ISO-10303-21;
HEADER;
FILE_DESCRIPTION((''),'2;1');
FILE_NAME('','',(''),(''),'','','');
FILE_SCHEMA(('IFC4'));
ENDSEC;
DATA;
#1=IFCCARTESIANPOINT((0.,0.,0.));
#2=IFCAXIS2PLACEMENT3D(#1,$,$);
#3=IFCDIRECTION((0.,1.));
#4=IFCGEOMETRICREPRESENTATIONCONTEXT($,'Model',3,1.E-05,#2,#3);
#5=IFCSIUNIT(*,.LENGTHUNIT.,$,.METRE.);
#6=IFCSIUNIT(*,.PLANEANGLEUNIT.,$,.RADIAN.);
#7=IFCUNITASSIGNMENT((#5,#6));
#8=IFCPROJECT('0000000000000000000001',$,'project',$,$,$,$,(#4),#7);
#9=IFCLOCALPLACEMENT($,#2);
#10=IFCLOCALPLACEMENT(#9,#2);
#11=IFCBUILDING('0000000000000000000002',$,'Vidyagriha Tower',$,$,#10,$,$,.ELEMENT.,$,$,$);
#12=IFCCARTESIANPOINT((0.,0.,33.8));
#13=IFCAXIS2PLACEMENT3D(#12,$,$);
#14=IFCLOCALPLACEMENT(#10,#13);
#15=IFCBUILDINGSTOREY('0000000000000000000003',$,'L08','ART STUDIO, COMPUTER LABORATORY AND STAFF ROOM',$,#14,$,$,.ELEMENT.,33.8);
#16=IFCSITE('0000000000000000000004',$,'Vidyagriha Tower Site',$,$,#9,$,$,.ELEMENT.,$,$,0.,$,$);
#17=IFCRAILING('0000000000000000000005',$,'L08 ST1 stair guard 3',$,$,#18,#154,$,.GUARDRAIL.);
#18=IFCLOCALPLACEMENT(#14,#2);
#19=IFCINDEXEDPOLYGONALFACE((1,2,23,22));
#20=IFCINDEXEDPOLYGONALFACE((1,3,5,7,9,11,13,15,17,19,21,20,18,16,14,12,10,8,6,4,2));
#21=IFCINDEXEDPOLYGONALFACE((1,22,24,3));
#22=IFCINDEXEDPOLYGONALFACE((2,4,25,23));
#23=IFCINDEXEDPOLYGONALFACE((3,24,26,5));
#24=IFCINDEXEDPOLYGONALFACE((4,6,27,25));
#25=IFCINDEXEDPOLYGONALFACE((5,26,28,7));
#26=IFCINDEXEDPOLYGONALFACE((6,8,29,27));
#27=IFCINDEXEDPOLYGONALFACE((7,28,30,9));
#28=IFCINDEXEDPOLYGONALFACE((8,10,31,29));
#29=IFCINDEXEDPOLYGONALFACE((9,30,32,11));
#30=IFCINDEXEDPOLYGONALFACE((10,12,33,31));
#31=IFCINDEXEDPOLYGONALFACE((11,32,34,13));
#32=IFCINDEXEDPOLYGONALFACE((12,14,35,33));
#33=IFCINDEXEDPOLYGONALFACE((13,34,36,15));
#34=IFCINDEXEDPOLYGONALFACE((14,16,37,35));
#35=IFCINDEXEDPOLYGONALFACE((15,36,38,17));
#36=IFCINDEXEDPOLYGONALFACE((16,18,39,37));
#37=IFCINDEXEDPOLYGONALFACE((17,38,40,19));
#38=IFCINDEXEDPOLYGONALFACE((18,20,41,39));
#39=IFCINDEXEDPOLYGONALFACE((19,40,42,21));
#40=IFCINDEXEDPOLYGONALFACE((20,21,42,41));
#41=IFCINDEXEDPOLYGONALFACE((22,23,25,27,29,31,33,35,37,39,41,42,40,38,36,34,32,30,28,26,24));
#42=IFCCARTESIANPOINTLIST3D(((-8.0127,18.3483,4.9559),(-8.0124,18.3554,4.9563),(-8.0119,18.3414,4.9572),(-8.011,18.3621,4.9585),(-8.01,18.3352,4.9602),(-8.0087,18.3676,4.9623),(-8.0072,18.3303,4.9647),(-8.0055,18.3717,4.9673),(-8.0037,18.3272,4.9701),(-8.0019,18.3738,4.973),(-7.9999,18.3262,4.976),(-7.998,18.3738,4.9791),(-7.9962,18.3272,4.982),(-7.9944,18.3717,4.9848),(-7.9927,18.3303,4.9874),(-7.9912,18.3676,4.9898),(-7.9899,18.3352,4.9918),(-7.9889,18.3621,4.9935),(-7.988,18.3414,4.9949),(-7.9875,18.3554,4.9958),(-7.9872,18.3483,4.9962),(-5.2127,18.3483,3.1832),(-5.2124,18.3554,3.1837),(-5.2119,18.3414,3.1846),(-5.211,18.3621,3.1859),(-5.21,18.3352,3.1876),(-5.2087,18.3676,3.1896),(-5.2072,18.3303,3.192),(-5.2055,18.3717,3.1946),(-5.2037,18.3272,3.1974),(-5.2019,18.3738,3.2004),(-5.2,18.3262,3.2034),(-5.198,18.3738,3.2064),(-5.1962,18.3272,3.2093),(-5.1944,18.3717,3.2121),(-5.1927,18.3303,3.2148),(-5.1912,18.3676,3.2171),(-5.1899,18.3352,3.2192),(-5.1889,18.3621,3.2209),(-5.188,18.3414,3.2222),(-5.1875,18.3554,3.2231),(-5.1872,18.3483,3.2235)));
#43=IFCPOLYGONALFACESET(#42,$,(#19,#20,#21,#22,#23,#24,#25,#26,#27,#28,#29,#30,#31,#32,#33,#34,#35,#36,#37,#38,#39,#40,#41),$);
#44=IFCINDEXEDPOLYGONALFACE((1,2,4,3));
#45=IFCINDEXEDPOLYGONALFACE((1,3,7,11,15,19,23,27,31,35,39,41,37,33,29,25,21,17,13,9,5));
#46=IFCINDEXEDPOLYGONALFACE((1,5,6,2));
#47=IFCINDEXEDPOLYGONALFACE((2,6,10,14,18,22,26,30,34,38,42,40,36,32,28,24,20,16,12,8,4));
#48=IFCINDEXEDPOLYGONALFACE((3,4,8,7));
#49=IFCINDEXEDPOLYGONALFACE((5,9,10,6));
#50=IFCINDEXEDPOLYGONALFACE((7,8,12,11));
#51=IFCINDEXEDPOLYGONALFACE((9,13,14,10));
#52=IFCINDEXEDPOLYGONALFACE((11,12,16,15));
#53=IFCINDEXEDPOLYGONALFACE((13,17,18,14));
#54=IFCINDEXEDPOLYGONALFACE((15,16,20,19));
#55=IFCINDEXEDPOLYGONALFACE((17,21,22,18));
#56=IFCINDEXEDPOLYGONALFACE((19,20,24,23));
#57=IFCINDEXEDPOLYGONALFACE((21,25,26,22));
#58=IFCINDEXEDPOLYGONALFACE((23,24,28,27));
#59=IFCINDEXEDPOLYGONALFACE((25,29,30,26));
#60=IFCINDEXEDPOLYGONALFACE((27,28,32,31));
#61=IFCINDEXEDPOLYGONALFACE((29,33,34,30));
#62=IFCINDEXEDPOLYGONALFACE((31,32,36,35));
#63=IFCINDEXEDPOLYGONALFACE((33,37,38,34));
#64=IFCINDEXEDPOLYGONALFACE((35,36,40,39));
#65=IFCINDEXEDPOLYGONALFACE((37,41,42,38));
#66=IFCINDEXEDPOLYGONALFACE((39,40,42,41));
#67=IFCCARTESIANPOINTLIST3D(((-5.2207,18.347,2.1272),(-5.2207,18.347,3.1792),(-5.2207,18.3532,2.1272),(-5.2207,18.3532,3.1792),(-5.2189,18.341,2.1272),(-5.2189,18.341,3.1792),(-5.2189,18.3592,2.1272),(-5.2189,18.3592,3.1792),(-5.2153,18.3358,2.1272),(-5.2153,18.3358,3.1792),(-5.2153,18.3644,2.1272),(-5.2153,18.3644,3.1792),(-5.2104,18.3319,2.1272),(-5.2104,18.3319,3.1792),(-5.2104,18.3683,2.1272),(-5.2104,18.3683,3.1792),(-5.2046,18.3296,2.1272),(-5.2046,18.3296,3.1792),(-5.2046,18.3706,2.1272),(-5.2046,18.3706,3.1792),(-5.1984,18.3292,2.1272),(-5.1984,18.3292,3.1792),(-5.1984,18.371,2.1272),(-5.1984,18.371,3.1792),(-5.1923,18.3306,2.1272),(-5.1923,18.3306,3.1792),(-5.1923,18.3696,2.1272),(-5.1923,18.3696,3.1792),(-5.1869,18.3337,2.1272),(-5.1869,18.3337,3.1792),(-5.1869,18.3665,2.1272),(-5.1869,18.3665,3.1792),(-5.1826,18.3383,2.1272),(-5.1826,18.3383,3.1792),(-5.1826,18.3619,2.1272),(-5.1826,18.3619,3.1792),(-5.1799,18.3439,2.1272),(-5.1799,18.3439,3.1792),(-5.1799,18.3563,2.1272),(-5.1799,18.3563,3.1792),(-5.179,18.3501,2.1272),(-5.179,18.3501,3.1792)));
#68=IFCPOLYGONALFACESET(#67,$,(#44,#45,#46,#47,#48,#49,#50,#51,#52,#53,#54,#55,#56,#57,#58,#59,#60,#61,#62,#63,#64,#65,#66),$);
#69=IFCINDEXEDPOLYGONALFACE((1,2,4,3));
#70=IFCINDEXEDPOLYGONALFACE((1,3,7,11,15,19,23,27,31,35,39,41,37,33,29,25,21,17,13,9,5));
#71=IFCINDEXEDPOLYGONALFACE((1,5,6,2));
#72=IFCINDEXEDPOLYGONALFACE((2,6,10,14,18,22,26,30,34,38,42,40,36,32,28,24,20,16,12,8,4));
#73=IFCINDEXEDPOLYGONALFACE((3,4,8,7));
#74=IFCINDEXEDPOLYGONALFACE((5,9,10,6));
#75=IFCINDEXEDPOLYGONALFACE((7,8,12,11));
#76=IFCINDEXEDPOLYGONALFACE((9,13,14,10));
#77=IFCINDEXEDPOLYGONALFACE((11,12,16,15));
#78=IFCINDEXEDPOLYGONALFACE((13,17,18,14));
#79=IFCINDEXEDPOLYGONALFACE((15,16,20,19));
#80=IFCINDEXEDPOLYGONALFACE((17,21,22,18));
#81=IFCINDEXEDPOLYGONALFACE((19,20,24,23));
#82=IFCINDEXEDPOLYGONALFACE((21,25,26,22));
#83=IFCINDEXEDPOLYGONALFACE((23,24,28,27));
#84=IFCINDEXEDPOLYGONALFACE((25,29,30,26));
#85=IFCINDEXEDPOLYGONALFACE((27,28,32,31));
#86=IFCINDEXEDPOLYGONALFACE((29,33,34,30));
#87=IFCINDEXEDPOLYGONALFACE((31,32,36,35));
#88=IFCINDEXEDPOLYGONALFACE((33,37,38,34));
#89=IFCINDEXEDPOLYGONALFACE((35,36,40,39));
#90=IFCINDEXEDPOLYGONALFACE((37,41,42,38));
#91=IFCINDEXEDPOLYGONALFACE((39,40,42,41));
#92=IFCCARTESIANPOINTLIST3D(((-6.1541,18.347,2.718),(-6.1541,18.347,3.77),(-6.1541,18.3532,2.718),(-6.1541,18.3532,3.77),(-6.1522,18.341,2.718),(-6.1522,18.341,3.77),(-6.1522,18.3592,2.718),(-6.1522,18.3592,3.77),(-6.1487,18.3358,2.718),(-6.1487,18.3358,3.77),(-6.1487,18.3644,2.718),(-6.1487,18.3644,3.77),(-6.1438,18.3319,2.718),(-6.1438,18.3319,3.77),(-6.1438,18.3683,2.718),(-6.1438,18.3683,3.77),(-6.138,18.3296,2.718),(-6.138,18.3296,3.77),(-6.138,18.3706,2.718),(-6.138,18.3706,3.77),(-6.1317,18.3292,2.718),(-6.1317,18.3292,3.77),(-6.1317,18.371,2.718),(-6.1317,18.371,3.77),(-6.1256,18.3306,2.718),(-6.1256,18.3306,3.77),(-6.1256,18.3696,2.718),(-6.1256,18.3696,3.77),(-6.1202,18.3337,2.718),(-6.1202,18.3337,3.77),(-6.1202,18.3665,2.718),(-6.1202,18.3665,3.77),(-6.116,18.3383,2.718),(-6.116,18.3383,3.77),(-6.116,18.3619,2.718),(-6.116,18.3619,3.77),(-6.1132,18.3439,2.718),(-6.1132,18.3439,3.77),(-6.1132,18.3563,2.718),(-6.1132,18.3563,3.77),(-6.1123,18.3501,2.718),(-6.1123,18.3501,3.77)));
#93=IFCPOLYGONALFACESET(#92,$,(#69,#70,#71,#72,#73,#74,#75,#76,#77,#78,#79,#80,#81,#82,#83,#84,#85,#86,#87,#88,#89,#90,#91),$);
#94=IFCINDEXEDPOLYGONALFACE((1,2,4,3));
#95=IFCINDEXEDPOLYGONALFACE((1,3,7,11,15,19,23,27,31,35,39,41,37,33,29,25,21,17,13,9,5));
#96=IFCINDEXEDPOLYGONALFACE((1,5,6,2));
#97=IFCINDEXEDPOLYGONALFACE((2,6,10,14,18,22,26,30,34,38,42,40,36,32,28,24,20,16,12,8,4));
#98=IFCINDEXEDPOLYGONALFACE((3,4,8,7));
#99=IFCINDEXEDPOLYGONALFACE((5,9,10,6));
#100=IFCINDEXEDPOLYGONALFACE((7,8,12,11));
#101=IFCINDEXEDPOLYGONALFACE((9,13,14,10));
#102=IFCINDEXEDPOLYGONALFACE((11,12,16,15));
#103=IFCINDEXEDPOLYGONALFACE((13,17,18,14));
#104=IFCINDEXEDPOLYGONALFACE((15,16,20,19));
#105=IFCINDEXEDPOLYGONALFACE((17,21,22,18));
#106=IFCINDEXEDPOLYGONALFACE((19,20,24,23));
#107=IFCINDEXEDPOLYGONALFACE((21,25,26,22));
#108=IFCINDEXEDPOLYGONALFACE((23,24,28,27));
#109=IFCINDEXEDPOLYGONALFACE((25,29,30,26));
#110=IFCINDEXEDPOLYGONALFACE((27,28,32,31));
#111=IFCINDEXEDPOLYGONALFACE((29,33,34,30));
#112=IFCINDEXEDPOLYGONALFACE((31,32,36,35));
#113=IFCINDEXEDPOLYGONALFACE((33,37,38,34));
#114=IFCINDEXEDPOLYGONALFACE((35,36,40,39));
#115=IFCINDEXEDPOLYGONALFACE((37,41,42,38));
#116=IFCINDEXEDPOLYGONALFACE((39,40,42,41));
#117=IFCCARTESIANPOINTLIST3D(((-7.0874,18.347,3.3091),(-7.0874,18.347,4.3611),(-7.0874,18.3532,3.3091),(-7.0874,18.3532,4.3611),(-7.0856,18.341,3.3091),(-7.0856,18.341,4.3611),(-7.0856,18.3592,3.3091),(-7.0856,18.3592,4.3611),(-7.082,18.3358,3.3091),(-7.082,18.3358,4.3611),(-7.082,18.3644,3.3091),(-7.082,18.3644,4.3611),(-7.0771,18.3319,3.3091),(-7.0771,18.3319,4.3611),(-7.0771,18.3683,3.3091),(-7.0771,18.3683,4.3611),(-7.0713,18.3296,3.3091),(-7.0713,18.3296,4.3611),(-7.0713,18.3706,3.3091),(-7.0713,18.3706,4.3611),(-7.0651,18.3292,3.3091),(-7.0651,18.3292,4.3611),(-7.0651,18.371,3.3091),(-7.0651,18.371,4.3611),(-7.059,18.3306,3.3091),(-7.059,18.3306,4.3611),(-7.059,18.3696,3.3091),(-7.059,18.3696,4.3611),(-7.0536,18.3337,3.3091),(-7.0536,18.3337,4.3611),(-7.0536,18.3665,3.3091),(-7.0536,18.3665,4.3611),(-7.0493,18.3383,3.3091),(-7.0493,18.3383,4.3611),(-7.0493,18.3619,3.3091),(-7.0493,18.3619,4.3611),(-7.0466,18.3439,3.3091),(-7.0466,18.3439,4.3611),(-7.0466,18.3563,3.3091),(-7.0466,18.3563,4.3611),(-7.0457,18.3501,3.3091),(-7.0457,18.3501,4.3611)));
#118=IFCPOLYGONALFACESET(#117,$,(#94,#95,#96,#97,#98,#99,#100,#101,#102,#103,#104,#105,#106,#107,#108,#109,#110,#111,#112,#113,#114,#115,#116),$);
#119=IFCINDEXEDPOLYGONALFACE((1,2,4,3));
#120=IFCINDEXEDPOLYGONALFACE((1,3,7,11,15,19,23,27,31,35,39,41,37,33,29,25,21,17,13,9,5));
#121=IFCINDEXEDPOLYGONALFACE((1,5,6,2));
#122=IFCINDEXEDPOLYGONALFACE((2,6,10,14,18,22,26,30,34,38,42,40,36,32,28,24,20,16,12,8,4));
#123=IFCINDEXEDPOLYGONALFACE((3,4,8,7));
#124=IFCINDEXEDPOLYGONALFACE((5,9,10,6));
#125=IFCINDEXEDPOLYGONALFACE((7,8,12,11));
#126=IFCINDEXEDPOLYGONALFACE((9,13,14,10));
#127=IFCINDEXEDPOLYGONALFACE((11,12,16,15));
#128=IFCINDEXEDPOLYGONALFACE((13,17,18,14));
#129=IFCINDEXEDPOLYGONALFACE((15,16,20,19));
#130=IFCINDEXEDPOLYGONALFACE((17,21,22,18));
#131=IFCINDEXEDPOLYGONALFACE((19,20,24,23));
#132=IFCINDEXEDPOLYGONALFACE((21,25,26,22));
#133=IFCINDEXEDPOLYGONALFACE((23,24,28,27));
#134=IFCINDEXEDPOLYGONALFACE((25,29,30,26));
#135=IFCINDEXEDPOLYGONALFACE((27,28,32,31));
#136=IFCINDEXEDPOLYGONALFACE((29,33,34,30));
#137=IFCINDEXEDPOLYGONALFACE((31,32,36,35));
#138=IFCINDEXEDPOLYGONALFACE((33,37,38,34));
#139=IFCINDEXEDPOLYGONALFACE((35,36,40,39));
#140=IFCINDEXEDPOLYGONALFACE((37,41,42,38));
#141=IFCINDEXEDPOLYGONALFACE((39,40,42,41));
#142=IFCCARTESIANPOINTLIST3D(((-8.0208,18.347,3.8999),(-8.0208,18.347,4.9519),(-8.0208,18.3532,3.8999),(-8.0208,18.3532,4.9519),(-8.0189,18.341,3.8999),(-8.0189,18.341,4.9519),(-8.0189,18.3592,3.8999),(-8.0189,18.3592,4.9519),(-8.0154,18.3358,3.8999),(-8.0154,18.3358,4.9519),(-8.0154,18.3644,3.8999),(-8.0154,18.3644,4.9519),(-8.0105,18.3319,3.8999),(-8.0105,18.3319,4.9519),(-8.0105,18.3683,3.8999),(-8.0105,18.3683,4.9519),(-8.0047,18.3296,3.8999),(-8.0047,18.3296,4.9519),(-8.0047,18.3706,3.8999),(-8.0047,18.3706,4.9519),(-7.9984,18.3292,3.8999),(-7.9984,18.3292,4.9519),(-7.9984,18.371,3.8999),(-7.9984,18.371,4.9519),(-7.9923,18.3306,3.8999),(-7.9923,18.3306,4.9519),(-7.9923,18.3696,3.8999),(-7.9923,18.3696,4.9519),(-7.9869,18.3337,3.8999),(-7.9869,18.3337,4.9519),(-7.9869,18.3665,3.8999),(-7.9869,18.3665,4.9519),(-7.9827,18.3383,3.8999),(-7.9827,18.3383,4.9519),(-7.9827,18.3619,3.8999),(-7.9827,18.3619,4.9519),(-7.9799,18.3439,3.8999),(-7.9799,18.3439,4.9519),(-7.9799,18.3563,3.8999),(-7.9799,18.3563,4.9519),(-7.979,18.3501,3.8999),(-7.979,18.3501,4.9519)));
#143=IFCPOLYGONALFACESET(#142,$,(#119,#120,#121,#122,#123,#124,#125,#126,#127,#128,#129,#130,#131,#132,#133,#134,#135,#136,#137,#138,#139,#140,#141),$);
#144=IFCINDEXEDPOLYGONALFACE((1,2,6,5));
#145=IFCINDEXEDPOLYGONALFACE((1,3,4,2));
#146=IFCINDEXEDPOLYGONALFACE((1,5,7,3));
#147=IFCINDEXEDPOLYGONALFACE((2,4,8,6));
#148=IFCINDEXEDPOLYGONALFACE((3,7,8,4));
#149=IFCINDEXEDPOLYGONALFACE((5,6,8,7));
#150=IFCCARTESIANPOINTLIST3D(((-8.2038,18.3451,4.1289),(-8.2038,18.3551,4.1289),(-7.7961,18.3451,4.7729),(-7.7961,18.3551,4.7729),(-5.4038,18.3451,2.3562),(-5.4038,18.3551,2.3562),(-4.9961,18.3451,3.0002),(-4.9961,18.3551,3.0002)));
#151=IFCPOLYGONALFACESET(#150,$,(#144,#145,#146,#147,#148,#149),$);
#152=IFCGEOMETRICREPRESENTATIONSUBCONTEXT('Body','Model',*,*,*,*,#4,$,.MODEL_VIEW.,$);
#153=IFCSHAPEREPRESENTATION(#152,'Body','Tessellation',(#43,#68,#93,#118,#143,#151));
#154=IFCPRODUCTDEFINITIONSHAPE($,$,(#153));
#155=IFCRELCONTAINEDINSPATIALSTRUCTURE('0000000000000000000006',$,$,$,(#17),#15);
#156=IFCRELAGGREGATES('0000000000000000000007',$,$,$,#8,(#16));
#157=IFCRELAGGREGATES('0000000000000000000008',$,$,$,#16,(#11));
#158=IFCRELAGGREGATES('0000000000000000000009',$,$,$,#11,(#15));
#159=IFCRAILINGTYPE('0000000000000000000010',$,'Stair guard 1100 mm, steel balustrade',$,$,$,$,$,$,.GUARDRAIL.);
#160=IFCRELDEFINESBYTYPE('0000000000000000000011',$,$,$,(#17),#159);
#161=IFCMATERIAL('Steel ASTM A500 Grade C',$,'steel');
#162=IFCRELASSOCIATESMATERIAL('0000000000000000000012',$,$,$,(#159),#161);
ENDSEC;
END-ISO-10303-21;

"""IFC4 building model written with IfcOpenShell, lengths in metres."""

from ifc_helpers import new_model, si_unit, direction, frame, origin, origin_2d, place, context, subcontext, project, spatial, rectangle, circle, extrude, material, type_object, element, save


model = new_model("IFC4")

# Units and contexts
model_context = context("Model", 3, precision=1e-05, world=origin(), true_north=direction((0.0, 1.0)))
body_context = subcontext(model_context, "Body", "Model", "MODEL_VIEW")
ifc_project = project(units=[si_unit("LENGTHUNIT", "METRE"), si_unit("PLANEANGLEUNIT", "RADIAN")], contexts=[model_context])

# Site, building, storey
site_placement = place(None, origin())
site = spatial("IfcSite", under=ifc_project, at=site_placement, Name="Vidyagriha Tower Site", CompositionType="ELEMENT", RefElevation=0.0)
building_placement = place(site_placement, origin())
building = spatial("IfcBuilding", under=site, at=building_placement, Name="Vidyagriha Tower", CompositionType="ELEMENT")
storey_placement = place(building_placement, frame((0.0, 0.0, 33.8)))
storey = spatial("IfcBuildingStorey", under=building, at=storey_placement, Name="L08", Description="ART STUDIO, COMPUTER LABORATORY AND STAFF ROOM", CompositionType="ELEMENT", Elevation=33.8)

# Railing
ifc_material_1 = material(Name="Steel ASTM A500 Grade C", Category="steel")
railing_type_1 = type_object("IfcRailingType", Name="Stair guard 1100 mm, steel balustrade", PredefinedType="GUARDRAIL", material=ifc_material_1)
railing_1_placement = place(storey_placement, frame((-5.2, 18.3501, 2.1272)))
element("IfcRailing", 1, at=railing_1_placement, inside=storey, type_object=railing_type_1, Name="L08 ST1 stair guard 3", PredefinedType="GUARDRAIL", context=body_context, shape_type="SweptSolid", body=[
    extrude(circle(Radius=0.0239, at=origin_2d()), frame((0.0, 0.0, 1.0762), z_axis=(-0.844909, 0.0, 0.53491), x_axis=(0.0, -1.0, 0.0)), (0.0, 0.0, 1.0), 3.314),
    extrude(circle(Radius=0.021, at=origin_2d()), origin(), (0.0, 0.0, 1.0), 1.052),
    extrude(circle(Radius=0.021, at=origin_2d()), frame((-0.9333, 0.0, 0.5908)), (0.0, 0.0, 1.0), 1.052),
    extrude(circle(Radius=0.021, at=origin_2d()), frame((-1.8667, 0.0, 1.1819)), (0.0, 0.0, 1.0), 1.052),
    extrude(circle(Radius=0.021, at=origin_2d()), frame((-2.8, 0.0, 1.7727)), (0.0, 0.0, 1.0), 1.052),
    extrude(rectangle(XDim=0.01, YDim=0.7622, at=origin_2d()), frame((0.0, 0.0, 0.551), z_axis=(-0.844909, 0.0, 0.53491), x_axis=(0.0, -1.0, 0.0)), (0.0, 0.0, 1.0), 3.314),
])

save(model, "model.ifc")
